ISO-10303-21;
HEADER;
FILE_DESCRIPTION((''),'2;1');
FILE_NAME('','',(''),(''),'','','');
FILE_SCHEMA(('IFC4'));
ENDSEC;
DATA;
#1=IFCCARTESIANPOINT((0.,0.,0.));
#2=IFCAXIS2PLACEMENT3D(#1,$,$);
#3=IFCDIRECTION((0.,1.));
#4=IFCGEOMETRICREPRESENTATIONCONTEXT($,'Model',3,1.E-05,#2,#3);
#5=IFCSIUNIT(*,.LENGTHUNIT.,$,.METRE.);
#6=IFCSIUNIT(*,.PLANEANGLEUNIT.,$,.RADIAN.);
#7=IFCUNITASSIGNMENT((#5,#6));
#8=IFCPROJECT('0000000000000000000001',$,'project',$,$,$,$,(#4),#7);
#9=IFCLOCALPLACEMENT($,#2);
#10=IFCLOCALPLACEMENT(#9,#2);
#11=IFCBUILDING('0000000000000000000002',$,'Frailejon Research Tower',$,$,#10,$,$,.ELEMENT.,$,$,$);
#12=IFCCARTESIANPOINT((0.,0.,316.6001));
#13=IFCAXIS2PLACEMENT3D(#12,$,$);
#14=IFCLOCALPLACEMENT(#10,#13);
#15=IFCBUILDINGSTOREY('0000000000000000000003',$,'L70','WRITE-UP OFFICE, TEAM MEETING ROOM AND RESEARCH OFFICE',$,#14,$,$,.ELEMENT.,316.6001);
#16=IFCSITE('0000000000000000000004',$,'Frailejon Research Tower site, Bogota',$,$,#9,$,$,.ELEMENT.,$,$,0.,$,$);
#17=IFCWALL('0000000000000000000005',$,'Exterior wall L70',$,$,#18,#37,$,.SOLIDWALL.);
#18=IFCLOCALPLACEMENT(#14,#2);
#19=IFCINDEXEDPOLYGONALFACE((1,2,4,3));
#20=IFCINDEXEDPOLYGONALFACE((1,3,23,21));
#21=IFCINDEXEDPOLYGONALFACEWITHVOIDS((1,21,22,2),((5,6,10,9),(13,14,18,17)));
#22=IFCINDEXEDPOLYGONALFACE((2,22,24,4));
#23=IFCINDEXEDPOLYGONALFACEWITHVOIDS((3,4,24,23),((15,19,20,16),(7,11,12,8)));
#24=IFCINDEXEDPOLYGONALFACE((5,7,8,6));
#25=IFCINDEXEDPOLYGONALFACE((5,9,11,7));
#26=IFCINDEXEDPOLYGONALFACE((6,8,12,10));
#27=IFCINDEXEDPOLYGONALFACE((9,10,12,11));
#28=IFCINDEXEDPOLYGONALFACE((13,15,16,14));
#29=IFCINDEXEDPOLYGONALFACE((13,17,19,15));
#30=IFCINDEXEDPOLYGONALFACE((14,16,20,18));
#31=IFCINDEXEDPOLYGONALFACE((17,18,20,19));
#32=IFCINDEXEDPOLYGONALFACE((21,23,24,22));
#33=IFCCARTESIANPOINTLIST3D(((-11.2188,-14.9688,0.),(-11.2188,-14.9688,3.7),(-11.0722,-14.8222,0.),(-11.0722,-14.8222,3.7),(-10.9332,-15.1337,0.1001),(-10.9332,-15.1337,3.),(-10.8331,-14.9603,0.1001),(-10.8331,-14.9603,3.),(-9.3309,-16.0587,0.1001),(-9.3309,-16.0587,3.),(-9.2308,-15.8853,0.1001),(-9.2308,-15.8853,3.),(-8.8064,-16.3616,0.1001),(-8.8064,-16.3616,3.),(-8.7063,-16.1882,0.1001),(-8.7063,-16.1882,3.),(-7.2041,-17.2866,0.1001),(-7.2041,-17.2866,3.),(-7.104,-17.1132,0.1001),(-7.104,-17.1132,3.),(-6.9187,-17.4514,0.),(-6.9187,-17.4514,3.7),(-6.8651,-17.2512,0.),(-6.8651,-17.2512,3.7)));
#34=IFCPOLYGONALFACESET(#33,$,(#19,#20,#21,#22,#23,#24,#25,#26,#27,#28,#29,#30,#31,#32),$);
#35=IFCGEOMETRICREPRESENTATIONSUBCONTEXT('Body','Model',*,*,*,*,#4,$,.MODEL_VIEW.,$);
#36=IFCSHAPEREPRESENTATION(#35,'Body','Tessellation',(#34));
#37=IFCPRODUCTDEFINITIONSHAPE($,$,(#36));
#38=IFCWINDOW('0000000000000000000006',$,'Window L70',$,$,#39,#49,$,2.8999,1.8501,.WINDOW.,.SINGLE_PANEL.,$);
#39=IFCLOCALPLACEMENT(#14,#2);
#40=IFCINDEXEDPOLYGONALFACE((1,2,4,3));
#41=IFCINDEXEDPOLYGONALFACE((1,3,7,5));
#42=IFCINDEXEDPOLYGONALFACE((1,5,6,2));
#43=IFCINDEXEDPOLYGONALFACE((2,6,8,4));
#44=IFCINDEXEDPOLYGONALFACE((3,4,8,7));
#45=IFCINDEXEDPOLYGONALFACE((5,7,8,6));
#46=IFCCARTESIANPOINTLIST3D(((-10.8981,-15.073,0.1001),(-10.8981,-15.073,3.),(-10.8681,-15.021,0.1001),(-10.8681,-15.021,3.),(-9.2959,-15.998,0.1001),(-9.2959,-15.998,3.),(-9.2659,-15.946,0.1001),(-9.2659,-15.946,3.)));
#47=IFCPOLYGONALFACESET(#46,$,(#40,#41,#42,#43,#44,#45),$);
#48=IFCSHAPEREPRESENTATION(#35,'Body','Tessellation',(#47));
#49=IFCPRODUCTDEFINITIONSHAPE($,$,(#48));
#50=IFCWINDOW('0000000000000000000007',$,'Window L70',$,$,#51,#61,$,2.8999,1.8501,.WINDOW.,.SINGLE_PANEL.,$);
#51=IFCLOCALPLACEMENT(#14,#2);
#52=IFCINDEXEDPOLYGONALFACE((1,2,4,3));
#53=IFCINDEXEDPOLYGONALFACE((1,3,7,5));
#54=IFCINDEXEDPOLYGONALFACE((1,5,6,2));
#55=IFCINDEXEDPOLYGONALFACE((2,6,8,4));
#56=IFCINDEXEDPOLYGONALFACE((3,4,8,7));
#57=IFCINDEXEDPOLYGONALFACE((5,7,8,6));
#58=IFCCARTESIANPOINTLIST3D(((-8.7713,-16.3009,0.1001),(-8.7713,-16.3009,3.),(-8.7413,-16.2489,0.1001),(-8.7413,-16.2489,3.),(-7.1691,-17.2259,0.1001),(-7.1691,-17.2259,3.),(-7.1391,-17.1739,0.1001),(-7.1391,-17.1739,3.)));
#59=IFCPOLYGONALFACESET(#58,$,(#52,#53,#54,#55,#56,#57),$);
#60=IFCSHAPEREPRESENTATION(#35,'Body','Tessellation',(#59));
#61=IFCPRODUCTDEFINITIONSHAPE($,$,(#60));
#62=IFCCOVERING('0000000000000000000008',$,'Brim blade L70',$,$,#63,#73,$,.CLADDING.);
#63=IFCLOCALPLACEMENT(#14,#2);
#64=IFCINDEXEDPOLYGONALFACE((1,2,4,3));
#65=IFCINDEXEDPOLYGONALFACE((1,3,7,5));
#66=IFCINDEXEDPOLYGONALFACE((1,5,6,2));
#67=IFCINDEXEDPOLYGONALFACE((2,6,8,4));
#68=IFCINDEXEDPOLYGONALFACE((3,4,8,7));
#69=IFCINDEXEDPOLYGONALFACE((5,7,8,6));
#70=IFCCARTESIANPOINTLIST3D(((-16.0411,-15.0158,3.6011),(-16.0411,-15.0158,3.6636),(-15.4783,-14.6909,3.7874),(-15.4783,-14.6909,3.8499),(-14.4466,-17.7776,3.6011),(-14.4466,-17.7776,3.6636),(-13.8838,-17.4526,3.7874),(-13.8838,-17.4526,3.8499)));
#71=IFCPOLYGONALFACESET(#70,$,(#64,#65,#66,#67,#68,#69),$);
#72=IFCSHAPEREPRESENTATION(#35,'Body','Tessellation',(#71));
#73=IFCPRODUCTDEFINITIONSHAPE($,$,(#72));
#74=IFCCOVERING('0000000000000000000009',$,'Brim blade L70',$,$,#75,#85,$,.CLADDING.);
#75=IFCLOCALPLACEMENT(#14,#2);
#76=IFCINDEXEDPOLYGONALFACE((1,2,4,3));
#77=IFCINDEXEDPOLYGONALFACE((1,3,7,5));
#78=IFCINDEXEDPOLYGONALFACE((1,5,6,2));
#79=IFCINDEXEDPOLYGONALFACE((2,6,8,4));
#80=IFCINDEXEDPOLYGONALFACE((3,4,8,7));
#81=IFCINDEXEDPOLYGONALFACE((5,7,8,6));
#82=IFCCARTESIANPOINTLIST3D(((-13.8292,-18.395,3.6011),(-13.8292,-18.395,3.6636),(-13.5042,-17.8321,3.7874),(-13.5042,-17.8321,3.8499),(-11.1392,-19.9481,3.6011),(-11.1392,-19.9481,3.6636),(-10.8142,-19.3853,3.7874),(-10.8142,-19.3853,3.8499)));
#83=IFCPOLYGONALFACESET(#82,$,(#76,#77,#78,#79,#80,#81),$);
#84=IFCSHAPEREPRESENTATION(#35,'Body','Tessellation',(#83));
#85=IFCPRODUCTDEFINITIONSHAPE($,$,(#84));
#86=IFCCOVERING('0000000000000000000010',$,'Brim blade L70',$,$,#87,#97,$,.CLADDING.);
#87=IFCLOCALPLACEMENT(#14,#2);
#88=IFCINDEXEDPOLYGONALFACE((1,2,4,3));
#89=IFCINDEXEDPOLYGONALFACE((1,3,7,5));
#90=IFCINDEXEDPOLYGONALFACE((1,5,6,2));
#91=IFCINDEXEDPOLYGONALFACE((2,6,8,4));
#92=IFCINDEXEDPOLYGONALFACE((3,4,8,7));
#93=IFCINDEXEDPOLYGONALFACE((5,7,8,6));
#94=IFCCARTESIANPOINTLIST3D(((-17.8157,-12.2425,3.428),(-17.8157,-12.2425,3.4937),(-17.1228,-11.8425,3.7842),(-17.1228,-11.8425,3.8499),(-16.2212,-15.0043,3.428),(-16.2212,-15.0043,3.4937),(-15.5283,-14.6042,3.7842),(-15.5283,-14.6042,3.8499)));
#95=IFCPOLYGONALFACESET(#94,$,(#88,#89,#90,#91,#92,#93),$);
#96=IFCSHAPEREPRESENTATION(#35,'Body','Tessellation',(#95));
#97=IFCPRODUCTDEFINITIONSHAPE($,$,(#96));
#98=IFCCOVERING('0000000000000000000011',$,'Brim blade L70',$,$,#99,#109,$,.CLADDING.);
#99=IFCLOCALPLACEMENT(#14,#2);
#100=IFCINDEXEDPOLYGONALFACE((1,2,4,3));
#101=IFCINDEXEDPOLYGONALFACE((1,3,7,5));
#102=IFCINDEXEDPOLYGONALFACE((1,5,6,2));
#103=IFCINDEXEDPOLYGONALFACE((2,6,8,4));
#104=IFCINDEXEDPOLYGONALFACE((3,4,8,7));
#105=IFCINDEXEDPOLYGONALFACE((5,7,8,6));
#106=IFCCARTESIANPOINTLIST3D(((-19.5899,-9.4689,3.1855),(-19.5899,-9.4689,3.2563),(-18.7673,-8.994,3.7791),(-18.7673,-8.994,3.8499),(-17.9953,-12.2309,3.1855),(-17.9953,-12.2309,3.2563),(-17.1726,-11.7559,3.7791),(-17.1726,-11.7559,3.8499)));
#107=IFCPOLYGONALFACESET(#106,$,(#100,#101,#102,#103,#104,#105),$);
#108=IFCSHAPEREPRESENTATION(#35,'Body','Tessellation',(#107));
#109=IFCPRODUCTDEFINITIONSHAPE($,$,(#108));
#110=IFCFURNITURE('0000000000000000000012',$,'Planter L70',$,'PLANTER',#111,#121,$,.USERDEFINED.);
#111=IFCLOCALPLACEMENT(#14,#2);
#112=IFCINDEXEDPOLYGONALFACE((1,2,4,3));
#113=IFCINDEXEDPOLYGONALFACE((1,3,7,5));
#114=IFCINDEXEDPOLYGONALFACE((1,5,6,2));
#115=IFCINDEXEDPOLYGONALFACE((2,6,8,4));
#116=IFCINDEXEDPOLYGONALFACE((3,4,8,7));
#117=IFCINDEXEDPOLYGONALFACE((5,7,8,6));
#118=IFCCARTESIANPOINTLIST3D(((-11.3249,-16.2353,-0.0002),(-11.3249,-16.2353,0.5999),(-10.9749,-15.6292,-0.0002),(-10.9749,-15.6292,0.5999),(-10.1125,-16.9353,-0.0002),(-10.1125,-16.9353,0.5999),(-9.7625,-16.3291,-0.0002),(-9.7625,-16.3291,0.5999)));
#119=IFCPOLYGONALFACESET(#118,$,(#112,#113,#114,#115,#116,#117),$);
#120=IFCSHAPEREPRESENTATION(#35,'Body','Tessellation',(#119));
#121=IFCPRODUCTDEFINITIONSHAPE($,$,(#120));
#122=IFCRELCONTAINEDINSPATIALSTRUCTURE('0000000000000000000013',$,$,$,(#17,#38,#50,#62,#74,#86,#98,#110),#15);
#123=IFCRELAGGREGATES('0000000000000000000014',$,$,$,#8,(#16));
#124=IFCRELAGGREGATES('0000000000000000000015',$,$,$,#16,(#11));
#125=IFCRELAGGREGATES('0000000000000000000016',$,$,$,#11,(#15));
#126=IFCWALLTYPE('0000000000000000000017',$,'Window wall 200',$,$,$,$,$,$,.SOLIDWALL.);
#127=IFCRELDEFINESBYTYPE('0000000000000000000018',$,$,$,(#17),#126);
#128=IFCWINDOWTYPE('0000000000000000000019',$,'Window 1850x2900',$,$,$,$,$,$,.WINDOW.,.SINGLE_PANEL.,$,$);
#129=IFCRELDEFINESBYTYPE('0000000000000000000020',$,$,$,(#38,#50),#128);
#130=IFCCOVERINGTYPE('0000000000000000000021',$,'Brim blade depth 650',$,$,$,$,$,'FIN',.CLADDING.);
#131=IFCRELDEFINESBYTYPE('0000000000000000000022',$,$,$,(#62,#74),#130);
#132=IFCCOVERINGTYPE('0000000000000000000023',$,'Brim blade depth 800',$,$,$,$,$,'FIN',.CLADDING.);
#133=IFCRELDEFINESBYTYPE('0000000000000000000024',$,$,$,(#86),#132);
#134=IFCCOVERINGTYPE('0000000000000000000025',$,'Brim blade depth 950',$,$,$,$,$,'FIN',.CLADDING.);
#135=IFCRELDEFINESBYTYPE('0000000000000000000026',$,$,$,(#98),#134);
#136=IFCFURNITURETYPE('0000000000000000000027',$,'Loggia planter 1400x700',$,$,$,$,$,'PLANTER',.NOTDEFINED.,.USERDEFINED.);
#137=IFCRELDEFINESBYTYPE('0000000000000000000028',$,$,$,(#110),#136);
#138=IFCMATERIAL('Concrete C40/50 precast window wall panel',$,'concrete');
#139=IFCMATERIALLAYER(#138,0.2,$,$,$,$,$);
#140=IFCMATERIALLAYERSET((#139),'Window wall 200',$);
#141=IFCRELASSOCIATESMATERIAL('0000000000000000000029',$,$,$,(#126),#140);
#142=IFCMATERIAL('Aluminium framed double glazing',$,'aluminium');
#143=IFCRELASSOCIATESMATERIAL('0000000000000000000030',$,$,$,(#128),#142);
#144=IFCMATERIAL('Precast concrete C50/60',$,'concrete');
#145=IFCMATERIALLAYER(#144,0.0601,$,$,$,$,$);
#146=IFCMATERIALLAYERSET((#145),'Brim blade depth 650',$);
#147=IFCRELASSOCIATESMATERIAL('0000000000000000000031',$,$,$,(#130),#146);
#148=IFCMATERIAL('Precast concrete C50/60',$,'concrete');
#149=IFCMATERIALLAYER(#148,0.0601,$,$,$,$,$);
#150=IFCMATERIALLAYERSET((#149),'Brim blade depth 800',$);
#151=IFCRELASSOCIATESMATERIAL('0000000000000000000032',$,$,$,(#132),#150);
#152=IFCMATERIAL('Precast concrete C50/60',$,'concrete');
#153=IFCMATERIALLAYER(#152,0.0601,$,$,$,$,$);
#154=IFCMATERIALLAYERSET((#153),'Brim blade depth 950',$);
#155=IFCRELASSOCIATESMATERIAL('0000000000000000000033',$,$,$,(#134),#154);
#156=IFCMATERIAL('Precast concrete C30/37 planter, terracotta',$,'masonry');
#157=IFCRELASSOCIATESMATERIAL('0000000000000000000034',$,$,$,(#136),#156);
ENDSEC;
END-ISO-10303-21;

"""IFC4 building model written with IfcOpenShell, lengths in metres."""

from ifc_helpers import new_model, si_unit, direction, frame, frame_2d, origin, origin_2d, place, context, subcontext, project, spatial, polyline, rectangle, outline, extrude, material, layer, layer_set, type_object, element, fill, save


model = new_model("IFC4")

# Units and contexts
model_context = context("Model", 3, precision=1e-05, world=origin(), true_north=direction((0.0, 1.0)))
body_context = subcontext(model_context, "Body", "Model", "MODEL_VIEW")
ifc_project = project(units=[si_unit("LENGTHUNIT", "METRE"), si_unit("PLANEANGLEUNIT", "RADIAN")], contexts=[model_context])

# Site, building, storey
site_placement = place(None, origin())
site = spatial("IfcSite", under=ifc_project, at=site_placement, Name="Frailejon Research Tower site, Bogota", CompositionType="ELEMENT", RefElevation=0.0)
building_placement = place(site_placement, origin())
building = spatial("IfcBuilding", under=site, at=building_placement, Name="Frailejon Research Tower", CompositionType="ELEMENT")
storey_placement = place(building_placement, frame((0.0, 0.0, 316.6001)))
storey = spatial("IfcBuildingStorey", under=building, at=storey_placement, Name="L70", Description="WRITE-UP OFFICE, TEAM MEETING ROOM AND RESEARCH OFFICE", CompositionType="ELEMENT", Elevation=316.6001)

# Wall, openings, windows
ifc_material_1 = material(Name="Concrete C40/50 precast window wall panel", Category="concrete")
ifc_layer_1 = layer(ifc_material_1, 0.2)
ifc_layer_set_1 = layer_set([ifc_layer_1], Name="Window wall 200")
wall_type_1 = type_object("IfcWallType", Name="Window wall 200", PredefinedType="SOLIDWALL", material=ifc_layer_set_1)
wall_1_placement = place(storey_placement, frame((-11.1455, -14.8955, 0.0), z_axis=(0.0, 0.0, 1.0), x_axis=(0.866029, -0.499994, 0.0)))
wall_1 = element("IfcWall", 1, at=wall_1_placement, inside=storey, type_object=wall_type_1, Name="Exterior wall L70", PredefinedType="SOLIDWALL", context=body_context, shape_type="SweptSolid", body=[
    extrude(outline(polyline([(-0.0269, -0.1001), (1.2144, -0.1001), (2.4558, -0.1001), (3.6973, -0.1001), (4.9385, -0.1001), (4.8848, 0.1001), (3.6704, 0.1001), (2.4558, 0.1001), (1.2412, 0.1001), (0.0269, 0.1001), (-0.0269, -0.1001)])), origin(), (0.0, 0.0, 1.0), 3.7),
])
opening_1_placement = place(wall_1_placement, frame((0.303, 0.0, 0.1001)))
opening_1 = element("IfcOpeningElement", 2, at=opening_1_placement, cuts=wall_1, PredefinedType="OPENING", context=body_context, shape_type="SweptSolid", body=[
    extrude(rectangle(XDim=1.8501, YDim=2.8999, at=frame_2d((0.925, 1.45))), frame((0.0, 0.1099, 0.0), z_axis=(0.0, -1.0, 0.0), x_axis=(1.0, 0.0, 0.0)), (0.0, 0.0, 1.0), 0.22),
])
opening_2_placement = place(wall_1_placement, frame((2.7588, 0.0, 0.1001)))
opening_2 = element("IfcOpeningElement", 3, at=opening_2_placement, cuts=wall_1, PredefinedType="OPENING", context=body_context, shape_type="SweptSolid", body=[
    extrude(rectangle(XDim=1.8501, YDim=2.8999, at=frame_2d((0.925, 1.45))), frame((0.0, 0.1099, 0.0), z_axis=(0.0, -1.0, 0.0), x_axis=(1.0, 0.0, 0.0)), (0.0, 0.0, 1.0), 0.22),
])
ifc_material_2 = material(Name="Aluminium framed double glazing", Category="aluminium")
window_type = type_object("IfcWindowType", Name="Window 1850x2900", PartitioningType="SINGLE_PANEL", PredefinedType="WINDOW", material=ifc_material_2)
window_1_placement = place(opening_1_placement, origin())
window_1 = element("IfcWindow", 4, at=window_1_placement, inside=storey, type_object=window_type, Name="Window L70", OverallHeight=2.8999, OverallWidth=1.8501, PartitioningType="SINGLE_PANEL", PredefinedType="WINDOW", context=body_context, shape_type="SweptSolid", body=[
    extrude(rectangle(XDim=1.8501, YDim=2.8999, at=frame_2d((0.925, 1.45))), frame((0.0, 0.03, 0.0), z_axis=(0.0, -1.0, 0.0), x_axis=(1.0, 0.0, 0.0)), (0.0, 0.0, 1.0), 0.0601),
])
fill(opening_1, window_1)
window_2_placement = place(opening_2_placement, origin())
window_2 = element("IfcWindow", 5, at=window_2_placement, inside=storey, type_object=window_type, Name="Window L70", OverallHeight=2.8999, OverallWidth=1.8501, PartitioningType="SINGLE_PANEL", PredefinedType="WINDOW", context=body_context, shape_type="SweptSolid", body=[
    extrude(rectangle(XDim=1.8501, YDim=2.8999, at=frame_2d((0.925, 1.45))), frame((0.0, 0.03, 0.0), z_axis=(0.0, -1.0, 0.0), x_axis=(1.0, 0.0, 0.0)), (0.0, 0.0, 1.0), 0.0601),
])
fill(opening_2, window_2)

# Coverings
ifc_material_3 = material(Name="Precast concrete C50/60", Category="concrete")
ifc_layer_2 = layer(ifc_material_3, 0.0601)
ifc_layer_set_2 = layer_set([ifc_layer_2], Name="Brim blade depth 650")
covering_type_1 = type_object("IfcCoveringType", Name="Brim blade depth 650", ElementType="FIN", PredefinedType="CLADDING", material=ifc_layer_set_2)
covering_1_placement = place(storey_placement, frame((-13.8838, -17.4526, 3.8499), z_axis=(-0.499994, 0.866029, 0.0), x_axis=(-0.866029, -0.499994, 0.0)))
element("IfcCovering", 6, at=covering_1_placement, inside=storey, type_object=covering_type_1, Name="Brim blade L70", PredefinedType="CLADDING", context=body_context, shape_type="SweptSolid", body=[
    extrude(outline(polyline([(0.0, -0.0625), (0.6499, -0.2488), (0.6499, -0.1863), (0.0, 0.0), (0.0, -0.0625)])), origin(), (0.0, 0.0, 1.0), 3.189),
])
covering_2_placement = place(storey_placement, frame((-10.8142, -19.3853, 3.8499), z_axis=(-0.866021, 0.500007, 0.0), x_axis=(-0.500007, -0.866021, 0.0)))
element("IfcCovering", 7, at=covering_2_placement, inside=storey, type_object=covering_type_1, Name="Brim blade L70", PredefinedType="CLADDING", context=body_context, shape_type="SweptSolid", body=[
    extrude(outline(polyline([(0.0, -0.0625), (0.6499, -0.2488), (0.6499, -0.1863), (0.0, 0.0), (0.0, -0.0625)])), origin(), (0.0, 0.0, 1.0), 3.1062),
])
ifc_material_4 = material(Name="Precast concrete C50/60", Category="concrete")
ifc_layer_3 = layer(ifc_material_4, 0.0601)
ifc_layer_set_3 = layer_set([ifc_layer_3], Name="Brim blade depth 800")
covering_type_2 = type_object("IfcCoveringType", Name="Brim blade depth 800", ElementType="FIN", PredefinedType="CLADDING", material=ifc_layer_set_3)
covering_3_placement = place(storey_placement, frame((-15.5283, -14.6042, 3.8499), z_axis=(-0.499994, 0.866029, 0.0), x_axis=(-0.866029, -0.499994, 0.0)))
element("IfcCovering", 8, at=covering_3_placement, inside=storey, type_object=covering_type_2, Name="Brim blade L70", PredefinedType="CLADDING", context=body_context, shape_type="SweptSolid", body=[
    extrude(outline(polyline([(0.0, -0.0657), (0.8, -0.4219), (0.8, -0.3562), (0.0, 0.0), (0.0, -0.0657)])), origin(), (0.0, 0.0, 1.0), 3.189),
])
ifc_material_5 = material(Name="Precast concrete C50/60", Category="concrete")
ifc_layer_4 = layer(ifc_material_5, 0.0601)
ifc_layer_set_4 = layer_set([ifc_layer_4], Name="Brim blade depth 950")
covering_type_3 = type_object("IfcCoveringType", Name="Brim blade depth 950", ElementType="FIN", PredefinedType="CLADDING", material=ifc_layer_set_4)
covering_4_placement = place(storey_placement, frame((-17.1726, -11.7559, 3.8499), z_axis=(-0.500017, 0.866015, 0.0), x_axis=(-0.866015, -0.500017, 0.0)))
element("IfcCovering", 9, at=covering_4_placement, inside=storey, type_object=covering_type_3, Name="Brim blade L70", PredefinedType="CLADDING", context=body_context, shape_type="SweptSolid", body=[
    extrude(outline(polyline([(0.0, -0.0708), (0.95, -0.6643), (0.95, -0.5935), (0.0, 0.0), (0.0, -0.0708)])), origin(), (0.0, 0.0, 1.0), 3.1892),
])

# Furniture
ifc_material_6 = material(Name="Precast concrete C30/37 planter, terracotta", Category="masonry")
furniture_type = type_object("IfcFurnitureType", Name="Loggia planter 1400x700", ElementType="PLANTER", AssemblyPlace="NOTDEFINED", PredefinedType="USERDEFINED", material=ifc_material_6)
furniture_placement = place(storey_placement, frame((-10.5437, -16.2822, -0.0002), z_axis=(0.0, 0.0, 1.0), x_axis=(0.866025, -0.5, 0.0)))
element("IfcFurniture", 10, at=furniture_placement, inside=storey, type_object=furniture_type, Name="Planter L70", ObjectType="PLANTER", PredefinedType="USERDEFINED", context=body_context, shape_type="SweptSolid", body=[
    extrude(rectangle(XDim=1.3999, YDim=0.7, at=origin_2d()), origin(), (0.0, 0.0, 1.0), 0.6001),
])

save(model, "model.ifc")
